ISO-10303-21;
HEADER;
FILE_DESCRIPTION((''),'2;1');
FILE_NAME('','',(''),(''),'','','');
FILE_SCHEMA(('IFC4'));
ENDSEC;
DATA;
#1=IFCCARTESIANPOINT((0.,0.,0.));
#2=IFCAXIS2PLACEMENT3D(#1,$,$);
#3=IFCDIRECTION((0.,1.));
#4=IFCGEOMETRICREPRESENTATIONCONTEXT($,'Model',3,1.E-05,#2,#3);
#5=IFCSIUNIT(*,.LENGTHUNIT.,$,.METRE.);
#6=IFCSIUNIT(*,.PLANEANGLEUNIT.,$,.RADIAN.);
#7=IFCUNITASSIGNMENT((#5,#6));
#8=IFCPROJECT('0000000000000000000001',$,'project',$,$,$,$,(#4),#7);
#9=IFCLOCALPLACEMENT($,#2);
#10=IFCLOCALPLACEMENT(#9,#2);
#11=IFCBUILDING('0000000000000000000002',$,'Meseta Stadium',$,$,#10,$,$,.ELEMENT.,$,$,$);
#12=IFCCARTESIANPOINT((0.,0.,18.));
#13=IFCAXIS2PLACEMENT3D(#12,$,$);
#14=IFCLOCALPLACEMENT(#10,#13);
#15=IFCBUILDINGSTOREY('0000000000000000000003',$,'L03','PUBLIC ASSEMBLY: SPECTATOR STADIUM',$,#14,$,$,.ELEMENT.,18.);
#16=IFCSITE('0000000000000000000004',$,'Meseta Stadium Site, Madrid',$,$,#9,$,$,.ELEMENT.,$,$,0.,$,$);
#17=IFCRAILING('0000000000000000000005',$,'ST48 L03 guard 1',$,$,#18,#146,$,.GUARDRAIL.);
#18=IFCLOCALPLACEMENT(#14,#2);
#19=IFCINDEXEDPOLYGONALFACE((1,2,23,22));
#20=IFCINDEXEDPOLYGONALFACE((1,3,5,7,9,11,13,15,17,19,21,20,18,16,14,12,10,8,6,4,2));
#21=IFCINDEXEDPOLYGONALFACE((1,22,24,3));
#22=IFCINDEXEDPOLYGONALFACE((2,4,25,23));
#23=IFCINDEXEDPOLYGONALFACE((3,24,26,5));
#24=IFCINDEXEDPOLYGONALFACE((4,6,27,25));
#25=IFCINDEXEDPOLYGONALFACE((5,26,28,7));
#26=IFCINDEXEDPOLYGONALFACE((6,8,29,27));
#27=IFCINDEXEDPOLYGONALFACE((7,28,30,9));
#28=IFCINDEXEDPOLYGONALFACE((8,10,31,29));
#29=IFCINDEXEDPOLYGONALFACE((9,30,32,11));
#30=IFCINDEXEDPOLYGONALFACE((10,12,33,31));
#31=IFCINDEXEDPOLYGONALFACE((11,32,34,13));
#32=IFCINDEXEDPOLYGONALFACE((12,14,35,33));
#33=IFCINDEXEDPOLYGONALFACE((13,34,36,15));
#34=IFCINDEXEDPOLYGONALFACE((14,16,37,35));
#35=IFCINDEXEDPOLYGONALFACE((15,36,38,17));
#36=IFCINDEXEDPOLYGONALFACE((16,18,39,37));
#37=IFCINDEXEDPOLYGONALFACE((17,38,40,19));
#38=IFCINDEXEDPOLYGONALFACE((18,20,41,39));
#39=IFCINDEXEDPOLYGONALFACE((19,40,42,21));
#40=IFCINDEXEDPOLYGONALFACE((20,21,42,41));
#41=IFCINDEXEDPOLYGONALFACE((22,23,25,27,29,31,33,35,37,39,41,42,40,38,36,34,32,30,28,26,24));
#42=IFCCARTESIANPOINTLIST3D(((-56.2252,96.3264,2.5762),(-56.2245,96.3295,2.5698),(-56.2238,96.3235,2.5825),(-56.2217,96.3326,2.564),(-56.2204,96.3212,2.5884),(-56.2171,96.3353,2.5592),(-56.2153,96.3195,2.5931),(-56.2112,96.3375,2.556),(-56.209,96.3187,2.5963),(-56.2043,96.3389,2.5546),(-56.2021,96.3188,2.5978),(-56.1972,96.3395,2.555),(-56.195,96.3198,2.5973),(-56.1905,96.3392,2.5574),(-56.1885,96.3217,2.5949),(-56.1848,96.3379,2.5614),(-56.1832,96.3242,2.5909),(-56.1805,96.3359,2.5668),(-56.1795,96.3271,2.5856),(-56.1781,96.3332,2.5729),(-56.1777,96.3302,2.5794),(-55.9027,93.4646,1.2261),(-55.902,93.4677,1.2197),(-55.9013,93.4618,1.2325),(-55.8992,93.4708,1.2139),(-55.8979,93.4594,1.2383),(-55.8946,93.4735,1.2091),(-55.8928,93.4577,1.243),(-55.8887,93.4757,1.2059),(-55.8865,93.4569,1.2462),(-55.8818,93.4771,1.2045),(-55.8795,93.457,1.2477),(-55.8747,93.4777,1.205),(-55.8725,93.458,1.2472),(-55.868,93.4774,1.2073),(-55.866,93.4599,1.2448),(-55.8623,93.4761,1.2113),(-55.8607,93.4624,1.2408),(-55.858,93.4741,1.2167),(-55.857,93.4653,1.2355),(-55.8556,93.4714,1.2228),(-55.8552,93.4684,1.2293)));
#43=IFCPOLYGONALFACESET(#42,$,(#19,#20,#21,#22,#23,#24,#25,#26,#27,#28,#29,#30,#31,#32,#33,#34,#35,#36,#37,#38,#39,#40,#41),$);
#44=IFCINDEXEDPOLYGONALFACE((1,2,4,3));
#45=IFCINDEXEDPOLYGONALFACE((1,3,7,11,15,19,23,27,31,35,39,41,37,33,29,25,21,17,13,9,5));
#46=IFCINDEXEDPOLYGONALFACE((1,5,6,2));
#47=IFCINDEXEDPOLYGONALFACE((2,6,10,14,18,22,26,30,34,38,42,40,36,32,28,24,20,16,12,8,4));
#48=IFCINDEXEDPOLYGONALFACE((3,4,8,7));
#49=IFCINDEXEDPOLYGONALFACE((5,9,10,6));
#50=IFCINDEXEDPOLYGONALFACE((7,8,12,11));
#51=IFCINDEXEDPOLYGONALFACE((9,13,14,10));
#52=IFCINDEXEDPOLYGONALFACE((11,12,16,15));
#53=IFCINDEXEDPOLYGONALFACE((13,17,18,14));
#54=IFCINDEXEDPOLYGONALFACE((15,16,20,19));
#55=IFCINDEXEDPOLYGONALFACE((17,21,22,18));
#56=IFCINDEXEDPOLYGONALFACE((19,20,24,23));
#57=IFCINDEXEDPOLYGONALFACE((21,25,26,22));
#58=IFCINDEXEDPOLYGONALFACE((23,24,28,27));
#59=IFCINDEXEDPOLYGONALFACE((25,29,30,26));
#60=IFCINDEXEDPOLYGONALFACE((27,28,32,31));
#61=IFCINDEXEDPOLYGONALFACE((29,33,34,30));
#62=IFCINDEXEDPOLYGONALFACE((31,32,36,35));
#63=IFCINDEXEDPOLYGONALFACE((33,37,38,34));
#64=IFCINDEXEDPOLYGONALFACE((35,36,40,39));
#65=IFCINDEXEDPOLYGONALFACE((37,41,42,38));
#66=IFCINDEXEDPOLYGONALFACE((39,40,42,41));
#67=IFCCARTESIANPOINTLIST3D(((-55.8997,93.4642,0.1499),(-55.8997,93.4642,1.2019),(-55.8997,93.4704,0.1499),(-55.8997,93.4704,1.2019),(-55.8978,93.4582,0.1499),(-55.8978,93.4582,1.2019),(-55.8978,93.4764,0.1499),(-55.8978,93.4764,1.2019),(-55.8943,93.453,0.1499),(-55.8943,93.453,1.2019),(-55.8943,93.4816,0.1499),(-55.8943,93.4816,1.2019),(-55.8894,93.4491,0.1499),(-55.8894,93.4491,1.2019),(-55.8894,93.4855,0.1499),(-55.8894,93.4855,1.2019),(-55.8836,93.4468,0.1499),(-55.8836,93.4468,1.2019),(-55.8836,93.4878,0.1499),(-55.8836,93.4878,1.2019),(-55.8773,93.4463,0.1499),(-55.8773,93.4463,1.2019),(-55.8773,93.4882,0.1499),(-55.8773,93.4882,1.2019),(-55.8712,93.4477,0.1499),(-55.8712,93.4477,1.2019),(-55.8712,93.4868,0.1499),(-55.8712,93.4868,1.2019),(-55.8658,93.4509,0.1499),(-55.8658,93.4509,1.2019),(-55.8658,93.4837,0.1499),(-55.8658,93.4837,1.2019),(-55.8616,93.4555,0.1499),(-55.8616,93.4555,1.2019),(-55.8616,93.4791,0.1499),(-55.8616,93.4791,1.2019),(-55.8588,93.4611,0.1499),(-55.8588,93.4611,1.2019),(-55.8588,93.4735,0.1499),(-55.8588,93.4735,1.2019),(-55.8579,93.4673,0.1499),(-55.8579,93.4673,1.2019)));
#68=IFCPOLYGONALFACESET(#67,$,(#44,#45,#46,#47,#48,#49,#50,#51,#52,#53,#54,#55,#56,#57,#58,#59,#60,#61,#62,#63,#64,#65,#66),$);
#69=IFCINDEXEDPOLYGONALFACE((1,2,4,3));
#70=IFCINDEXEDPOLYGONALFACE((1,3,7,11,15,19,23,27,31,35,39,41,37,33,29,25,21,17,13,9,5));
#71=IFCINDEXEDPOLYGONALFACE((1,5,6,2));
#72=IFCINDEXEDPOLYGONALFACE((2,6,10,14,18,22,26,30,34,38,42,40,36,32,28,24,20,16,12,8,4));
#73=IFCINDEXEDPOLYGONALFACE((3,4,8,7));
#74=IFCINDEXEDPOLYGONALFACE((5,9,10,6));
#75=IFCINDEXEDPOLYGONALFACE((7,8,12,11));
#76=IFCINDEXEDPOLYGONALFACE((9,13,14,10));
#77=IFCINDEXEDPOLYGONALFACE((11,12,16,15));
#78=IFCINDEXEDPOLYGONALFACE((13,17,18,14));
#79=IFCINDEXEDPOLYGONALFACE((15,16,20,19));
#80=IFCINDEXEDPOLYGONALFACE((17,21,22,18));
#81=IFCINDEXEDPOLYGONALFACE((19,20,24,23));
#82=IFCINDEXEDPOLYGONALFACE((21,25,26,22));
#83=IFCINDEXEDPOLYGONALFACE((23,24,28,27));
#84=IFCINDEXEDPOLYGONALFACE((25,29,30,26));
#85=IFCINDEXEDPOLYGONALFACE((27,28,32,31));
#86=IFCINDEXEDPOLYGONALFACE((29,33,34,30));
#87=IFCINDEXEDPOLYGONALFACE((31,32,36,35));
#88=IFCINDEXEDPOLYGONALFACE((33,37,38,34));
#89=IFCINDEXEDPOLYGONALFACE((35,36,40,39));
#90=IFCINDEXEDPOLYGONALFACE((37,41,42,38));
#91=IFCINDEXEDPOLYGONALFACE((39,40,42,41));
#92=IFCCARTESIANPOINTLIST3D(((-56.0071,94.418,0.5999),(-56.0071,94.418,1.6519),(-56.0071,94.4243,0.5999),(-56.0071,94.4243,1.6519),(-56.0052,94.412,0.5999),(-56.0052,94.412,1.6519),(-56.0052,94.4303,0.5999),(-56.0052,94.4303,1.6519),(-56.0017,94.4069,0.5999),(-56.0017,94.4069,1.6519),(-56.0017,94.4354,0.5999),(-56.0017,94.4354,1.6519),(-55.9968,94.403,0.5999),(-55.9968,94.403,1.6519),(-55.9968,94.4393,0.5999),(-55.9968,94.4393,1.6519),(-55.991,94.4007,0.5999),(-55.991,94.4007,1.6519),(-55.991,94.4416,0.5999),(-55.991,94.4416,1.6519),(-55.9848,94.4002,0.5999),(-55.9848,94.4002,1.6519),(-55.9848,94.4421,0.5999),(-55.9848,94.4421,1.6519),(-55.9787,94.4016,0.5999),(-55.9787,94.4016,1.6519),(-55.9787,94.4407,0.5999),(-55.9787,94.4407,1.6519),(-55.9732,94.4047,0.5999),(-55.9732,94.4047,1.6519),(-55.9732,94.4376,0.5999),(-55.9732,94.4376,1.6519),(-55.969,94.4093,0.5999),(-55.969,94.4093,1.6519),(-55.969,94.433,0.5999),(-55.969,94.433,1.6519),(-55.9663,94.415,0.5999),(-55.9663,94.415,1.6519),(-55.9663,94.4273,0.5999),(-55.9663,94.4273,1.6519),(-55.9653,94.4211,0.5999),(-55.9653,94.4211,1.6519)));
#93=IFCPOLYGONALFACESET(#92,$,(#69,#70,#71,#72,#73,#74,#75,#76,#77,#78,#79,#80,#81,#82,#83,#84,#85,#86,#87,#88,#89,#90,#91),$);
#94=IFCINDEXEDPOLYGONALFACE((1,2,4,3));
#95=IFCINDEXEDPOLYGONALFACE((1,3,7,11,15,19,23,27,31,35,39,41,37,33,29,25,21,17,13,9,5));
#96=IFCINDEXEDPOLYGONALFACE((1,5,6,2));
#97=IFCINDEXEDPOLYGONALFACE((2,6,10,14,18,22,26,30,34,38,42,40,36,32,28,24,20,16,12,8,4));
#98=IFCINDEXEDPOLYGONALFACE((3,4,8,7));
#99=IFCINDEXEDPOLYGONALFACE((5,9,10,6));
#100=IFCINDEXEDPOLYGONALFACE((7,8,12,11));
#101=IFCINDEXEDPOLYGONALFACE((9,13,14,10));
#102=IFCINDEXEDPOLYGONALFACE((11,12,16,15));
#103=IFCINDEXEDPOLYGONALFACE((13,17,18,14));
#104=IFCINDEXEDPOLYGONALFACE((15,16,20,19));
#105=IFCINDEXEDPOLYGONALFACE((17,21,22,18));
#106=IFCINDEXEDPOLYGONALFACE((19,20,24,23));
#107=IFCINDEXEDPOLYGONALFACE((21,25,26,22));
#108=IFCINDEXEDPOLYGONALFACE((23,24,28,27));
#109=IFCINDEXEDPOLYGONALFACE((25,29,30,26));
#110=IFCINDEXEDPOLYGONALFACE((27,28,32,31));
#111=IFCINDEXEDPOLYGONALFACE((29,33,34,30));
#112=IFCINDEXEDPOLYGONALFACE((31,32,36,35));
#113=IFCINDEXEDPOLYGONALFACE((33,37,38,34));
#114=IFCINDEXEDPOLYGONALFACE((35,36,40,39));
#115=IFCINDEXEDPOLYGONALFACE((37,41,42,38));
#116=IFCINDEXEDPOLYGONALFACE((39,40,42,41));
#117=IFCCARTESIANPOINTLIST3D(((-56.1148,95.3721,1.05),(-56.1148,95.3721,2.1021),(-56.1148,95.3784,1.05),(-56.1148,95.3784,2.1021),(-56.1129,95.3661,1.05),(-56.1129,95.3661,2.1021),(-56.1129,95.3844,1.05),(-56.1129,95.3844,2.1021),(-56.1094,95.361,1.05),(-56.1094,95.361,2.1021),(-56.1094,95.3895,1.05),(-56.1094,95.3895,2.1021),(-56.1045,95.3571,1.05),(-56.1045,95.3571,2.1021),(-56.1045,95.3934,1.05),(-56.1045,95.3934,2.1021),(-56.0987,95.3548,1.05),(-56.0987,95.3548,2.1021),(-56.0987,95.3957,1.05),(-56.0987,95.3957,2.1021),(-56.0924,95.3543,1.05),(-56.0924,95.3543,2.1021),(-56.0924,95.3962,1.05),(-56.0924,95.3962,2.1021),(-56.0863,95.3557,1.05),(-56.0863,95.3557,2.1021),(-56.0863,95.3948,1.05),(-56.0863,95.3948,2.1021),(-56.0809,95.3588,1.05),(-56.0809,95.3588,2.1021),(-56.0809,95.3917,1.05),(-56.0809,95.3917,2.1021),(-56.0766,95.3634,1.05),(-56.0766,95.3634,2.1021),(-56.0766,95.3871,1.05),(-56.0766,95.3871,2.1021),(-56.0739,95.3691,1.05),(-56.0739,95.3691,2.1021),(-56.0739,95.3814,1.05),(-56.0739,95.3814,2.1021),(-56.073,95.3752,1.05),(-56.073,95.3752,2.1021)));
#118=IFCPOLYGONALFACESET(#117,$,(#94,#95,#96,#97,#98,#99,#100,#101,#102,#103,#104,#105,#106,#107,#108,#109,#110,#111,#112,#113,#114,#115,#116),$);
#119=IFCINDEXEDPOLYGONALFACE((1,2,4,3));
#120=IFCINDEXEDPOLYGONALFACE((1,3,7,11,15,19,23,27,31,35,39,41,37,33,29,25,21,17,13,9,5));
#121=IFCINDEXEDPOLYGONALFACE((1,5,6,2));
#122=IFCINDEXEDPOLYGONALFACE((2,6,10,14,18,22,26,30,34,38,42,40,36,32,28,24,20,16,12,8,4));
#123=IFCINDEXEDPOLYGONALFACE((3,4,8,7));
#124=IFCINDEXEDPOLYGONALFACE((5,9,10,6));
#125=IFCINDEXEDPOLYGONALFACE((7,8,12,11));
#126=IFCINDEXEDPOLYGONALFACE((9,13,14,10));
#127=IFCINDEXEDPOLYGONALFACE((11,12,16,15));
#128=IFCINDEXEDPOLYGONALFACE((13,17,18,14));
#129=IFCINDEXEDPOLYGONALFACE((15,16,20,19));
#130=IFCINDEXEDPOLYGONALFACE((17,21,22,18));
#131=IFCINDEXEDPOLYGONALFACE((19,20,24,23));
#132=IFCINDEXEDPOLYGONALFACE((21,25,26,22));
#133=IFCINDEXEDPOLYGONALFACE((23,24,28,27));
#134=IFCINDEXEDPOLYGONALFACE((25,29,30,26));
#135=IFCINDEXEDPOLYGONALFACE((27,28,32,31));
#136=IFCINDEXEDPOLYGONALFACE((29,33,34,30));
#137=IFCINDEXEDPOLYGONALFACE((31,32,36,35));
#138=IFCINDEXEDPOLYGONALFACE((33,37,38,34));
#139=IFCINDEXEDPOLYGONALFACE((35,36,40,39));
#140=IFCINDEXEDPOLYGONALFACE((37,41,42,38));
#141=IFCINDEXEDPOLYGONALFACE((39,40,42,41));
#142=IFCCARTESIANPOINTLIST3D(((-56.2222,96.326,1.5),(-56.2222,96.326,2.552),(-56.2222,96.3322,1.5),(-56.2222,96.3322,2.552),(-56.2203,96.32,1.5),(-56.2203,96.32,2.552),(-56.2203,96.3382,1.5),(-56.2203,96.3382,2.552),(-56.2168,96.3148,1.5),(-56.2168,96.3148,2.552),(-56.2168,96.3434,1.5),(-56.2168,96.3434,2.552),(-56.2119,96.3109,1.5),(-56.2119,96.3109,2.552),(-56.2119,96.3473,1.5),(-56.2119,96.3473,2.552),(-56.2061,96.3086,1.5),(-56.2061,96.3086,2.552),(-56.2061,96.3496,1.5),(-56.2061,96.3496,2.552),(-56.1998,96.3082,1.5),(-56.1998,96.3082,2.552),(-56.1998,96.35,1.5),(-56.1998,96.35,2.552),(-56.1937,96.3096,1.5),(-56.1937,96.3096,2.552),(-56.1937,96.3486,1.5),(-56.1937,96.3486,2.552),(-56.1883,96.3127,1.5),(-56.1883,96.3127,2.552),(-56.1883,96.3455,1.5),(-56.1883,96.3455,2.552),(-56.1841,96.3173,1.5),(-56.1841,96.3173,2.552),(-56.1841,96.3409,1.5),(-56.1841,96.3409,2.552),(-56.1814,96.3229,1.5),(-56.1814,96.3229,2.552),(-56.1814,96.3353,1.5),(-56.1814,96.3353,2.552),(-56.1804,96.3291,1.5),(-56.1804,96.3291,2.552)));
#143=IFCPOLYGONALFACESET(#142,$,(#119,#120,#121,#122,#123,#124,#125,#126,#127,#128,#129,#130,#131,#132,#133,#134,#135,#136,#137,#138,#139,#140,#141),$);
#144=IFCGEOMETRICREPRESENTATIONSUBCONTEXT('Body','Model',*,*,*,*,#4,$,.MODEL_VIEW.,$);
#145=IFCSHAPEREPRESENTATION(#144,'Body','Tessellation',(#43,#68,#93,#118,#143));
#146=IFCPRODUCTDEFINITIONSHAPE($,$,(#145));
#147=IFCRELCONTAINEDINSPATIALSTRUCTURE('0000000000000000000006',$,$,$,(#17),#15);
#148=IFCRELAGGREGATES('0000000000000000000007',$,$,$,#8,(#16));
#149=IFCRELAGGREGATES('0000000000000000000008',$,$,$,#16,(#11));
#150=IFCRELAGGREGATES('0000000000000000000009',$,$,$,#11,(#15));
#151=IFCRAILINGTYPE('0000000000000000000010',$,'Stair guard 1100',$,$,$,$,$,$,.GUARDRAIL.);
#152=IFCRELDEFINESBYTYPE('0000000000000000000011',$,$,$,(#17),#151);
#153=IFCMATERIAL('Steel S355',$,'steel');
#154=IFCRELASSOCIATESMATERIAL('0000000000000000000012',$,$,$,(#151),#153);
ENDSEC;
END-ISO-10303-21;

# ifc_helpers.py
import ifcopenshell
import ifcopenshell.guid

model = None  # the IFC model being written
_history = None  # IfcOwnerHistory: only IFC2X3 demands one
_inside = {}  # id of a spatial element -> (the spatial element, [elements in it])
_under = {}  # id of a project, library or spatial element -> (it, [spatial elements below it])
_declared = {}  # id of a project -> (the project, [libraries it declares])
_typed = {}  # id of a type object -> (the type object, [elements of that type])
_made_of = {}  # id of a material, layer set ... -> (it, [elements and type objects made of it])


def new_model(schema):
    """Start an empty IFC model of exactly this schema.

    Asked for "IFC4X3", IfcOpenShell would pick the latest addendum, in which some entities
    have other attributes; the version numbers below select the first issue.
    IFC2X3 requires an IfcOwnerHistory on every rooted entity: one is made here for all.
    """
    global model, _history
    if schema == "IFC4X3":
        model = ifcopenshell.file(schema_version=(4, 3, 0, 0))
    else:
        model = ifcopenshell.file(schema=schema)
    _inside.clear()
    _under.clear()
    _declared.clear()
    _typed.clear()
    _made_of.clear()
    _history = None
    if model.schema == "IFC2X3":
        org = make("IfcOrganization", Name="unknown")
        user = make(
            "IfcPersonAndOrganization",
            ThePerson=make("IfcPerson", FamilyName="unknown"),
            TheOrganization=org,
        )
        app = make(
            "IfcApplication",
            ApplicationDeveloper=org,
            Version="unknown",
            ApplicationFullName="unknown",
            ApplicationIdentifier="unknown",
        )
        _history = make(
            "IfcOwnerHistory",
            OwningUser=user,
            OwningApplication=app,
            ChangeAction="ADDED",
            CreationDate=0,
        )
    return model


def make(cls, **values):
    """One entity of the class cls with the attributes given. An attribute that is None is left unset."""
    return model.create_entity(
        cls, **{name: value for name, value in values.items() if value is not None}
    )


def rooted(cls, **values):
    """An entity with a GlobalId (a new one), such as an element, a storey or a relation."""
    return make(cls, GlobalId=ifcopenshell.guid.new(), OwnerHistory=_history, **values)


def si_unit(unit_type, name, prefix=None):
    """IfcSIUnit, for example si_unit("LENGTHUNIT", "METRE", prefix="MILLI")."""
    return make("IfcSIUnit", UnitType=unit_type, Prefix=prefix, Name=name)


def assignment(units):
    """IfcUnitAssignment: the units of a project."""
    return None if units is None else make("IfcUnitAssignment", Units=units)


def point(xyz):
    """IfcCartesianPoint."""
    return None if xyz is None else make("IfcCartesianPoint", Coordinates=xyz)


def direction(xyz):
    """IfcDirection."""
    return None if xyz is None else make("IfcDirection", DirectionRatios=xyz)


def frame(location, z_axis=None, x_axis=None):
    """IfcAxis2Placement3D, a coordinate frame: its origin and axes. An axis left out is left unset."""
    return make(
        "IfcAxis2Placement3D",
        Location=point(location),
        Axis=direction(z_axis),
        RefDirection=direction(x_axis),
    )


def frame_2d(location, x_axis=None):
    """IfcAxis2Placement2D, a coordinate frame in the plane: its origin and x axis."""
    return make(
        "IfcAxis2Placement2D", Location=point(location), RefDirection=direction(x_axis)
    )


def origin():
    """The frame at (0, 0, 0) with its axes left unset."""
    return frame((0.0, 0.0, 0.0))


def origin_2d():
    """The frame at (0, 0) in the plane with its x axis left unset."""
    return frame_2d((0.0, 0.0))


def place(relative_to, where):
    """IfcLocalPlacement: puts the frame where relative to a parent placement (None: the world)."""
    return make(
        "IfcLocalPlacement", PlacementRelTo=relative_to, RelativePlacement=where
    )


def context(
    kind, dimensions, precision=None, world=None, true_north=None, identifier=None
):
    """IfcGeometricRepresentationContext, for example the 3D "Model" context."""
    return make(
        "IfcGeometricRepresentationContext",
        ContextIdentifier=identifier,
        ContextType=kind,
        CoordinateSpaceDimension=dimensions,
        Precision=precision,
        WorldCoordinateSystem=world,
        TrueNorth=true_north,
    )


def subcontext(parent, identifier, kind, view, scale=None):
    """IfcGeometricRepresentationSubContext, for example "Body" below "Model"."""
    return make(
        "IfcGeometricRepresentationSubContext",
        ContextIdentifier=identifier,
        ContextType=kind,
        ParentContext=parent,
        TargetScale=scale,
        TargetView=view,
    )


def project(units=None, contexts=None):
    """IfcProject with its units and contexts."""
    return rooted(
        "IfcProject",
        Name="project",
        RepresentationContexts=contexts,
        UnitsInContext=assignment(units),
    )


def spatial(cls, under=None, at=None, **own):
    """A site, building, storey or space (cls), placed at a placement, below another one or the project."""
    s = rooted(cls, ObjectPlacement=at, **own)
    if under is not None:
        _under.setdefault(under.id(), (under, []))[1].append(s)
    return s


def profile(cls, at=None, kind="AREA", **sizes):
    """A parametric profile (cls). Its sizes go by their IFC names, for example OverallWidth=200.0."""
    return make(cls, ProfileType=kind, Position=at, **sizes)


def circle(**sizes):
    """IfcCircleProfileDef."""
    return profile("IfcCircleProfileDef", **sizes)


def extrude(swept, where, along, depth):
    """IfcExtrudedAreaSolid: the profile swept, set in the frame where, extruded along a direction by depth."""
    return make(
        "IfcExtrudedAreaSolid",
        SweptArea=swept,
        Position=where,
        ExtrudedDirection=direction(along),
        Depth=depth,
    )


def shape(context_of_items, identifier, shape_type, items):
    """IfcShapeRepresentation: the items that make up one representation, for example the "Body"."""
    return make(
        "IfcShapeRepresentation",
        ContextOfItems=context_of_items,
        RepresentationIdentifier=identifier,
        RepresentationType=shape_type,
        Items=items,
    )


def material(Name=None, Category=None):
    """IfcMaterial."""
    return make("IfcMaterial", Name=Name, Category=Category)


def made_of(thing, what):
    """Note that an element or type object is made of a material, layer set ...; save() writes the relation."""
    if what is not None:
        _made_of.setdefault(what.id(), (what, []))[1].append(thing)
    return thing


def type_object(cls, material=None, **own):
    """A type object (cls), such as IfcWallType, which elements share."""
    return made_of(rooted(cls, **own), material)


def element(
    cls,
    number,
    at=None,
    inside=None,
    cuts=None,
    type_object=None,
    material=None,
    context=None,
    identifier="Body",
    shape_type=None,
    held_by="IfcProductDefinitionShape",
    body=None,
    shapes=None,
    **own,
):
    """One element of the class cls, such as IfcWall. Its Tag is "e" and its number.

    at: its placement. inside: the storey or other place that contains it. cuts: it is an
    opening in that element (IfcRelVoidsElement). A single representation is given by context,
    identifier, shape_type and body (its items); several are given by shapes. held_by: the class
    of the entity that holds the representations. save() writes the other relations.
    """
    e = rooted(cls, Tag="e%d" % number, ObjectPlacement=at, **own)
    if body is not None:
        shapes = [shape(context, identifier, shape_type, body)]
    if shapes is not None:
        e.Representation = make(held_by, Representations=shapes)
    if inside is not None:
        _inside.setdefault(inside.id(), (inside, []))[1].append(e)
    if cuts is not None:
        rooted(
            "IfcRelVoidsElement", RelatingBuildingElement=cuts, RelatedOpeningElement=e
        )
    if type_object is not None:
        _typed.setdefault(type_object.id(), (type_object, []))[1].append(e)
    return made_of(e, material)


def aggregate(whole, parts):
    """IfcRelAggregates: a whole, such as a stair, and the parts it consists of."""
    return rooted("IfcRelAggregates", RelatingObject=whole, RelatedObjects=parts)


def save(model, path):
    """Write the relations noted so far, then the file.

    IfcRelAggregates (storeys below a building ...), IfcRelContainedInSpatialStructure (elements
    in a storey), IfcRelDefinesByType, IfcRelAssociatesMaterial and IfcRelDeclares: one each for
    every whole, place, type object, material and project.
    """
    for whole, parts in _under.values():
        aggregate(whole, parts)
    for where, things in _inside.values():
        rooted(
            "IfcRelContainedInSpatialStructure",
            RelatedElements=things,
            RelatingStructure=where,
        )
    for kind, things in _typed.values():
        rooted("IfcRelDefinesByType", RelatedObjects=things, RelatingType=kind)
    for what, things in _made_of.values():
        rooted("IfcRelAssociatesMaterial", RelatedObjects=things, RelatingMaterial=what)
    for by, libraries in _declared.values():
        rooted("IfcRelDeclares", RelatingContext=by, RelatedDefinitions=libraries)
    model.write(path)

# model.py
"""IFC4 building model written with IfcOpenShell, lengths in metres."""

from ifc_helpers import new_model, si_unit, direction, frame, origin, origin_2d, place, context, subcontext, project, spatial, circle, extrude, material, type_object, element, save


model = new_model("IFC4")

# Units and contexts
model_context = context("Model", 3, precision=1e-05, world=origin(), true_north=direction((0.0, 1.0)))
body_context = subcontext(model_context, "Body", "Model", "MODEL_VIEW")
ifc_project = project(units=[si_unit("LENGTHUNIT", "METRE"), si_unit("PLANEANGLEUNIT", "RADIAN")], contexts=[model_context])

# Site, building, storey
site_placement = place(None, origin())
site = spatial("IfcSite", under=ifc_project, at=site_placement, Name="Meseta Stadium Site, Madrid", CompositionType="ELEMENT", RefElevation=0.0)
building_placement = place(site_placement, origin())
building = spatial("IfcBuilding", under=site, at=building_placement, Name="Meseta Stadium", CompositionType="ELEMENT")
storey_placement = place(building_placement, frame((0.0, 0.0, 18.0)))
storey = spatial("IfcBuildingStorey", under=building, at=storey_placement, Name="L03", Description="PUBLIC ASSEMBLY: SPECTATOR STADIUM", CompositionType="ELEMENT", Elevation=18.0)

# Railing
ifc_material_1 = material(Name="Steel S355", Category="steel")
railing_type_1 = type_object("IfcRailingType", Name="Stair guard 1100", PredefinedType="GUARDRAIL", material=ifc_material_1)
railing_1_placement = place(storey_placement, frame((-55.8789, 93.4673, 0.1499)))
element("IfcRailing", 1, at=railing_1_placement, inside=storey, type_object=railing_type_1, Name="ST48 L03 guard 1", PredefinedType="GUARDRAIL", context=body_context, shape_type="SweptSolid", body=[
    extrude(circle(Radius=0.0239, at=origin_2d()), frame((0.0, 0.0, 1.0762), z_axis=(-0.101396, 0.899748, 0.424467), x_axis=(-0.99371, -0.111985, 0.0)), (0.0, 0.0, 1.0), 3.1807),
    extrude(circle(Radius=0.021, at=origin_2d()), origin(), (0.0, 0.0, 1.0), 1.052),
    extrude(circle(Radius=0.021, at=origin_2d()), frame((-0.1074, 0.9539, 0.45)), (0.0, 0.0, 1.0), 1.052),
    extrude(circle(Radius=0.021, at=origin_2d()), frame((-0.2151, 1.908, 0.9001)), (0.0, 0.0, 1.0), 1.052),
    extrude(circle(Radius=0.021, at=origin_2d()), frame((-0.3225, 2.8618, 1.3501)), (0.0, 0.0, 1.0), 1.052),
])

save(model, "model.ifc")
